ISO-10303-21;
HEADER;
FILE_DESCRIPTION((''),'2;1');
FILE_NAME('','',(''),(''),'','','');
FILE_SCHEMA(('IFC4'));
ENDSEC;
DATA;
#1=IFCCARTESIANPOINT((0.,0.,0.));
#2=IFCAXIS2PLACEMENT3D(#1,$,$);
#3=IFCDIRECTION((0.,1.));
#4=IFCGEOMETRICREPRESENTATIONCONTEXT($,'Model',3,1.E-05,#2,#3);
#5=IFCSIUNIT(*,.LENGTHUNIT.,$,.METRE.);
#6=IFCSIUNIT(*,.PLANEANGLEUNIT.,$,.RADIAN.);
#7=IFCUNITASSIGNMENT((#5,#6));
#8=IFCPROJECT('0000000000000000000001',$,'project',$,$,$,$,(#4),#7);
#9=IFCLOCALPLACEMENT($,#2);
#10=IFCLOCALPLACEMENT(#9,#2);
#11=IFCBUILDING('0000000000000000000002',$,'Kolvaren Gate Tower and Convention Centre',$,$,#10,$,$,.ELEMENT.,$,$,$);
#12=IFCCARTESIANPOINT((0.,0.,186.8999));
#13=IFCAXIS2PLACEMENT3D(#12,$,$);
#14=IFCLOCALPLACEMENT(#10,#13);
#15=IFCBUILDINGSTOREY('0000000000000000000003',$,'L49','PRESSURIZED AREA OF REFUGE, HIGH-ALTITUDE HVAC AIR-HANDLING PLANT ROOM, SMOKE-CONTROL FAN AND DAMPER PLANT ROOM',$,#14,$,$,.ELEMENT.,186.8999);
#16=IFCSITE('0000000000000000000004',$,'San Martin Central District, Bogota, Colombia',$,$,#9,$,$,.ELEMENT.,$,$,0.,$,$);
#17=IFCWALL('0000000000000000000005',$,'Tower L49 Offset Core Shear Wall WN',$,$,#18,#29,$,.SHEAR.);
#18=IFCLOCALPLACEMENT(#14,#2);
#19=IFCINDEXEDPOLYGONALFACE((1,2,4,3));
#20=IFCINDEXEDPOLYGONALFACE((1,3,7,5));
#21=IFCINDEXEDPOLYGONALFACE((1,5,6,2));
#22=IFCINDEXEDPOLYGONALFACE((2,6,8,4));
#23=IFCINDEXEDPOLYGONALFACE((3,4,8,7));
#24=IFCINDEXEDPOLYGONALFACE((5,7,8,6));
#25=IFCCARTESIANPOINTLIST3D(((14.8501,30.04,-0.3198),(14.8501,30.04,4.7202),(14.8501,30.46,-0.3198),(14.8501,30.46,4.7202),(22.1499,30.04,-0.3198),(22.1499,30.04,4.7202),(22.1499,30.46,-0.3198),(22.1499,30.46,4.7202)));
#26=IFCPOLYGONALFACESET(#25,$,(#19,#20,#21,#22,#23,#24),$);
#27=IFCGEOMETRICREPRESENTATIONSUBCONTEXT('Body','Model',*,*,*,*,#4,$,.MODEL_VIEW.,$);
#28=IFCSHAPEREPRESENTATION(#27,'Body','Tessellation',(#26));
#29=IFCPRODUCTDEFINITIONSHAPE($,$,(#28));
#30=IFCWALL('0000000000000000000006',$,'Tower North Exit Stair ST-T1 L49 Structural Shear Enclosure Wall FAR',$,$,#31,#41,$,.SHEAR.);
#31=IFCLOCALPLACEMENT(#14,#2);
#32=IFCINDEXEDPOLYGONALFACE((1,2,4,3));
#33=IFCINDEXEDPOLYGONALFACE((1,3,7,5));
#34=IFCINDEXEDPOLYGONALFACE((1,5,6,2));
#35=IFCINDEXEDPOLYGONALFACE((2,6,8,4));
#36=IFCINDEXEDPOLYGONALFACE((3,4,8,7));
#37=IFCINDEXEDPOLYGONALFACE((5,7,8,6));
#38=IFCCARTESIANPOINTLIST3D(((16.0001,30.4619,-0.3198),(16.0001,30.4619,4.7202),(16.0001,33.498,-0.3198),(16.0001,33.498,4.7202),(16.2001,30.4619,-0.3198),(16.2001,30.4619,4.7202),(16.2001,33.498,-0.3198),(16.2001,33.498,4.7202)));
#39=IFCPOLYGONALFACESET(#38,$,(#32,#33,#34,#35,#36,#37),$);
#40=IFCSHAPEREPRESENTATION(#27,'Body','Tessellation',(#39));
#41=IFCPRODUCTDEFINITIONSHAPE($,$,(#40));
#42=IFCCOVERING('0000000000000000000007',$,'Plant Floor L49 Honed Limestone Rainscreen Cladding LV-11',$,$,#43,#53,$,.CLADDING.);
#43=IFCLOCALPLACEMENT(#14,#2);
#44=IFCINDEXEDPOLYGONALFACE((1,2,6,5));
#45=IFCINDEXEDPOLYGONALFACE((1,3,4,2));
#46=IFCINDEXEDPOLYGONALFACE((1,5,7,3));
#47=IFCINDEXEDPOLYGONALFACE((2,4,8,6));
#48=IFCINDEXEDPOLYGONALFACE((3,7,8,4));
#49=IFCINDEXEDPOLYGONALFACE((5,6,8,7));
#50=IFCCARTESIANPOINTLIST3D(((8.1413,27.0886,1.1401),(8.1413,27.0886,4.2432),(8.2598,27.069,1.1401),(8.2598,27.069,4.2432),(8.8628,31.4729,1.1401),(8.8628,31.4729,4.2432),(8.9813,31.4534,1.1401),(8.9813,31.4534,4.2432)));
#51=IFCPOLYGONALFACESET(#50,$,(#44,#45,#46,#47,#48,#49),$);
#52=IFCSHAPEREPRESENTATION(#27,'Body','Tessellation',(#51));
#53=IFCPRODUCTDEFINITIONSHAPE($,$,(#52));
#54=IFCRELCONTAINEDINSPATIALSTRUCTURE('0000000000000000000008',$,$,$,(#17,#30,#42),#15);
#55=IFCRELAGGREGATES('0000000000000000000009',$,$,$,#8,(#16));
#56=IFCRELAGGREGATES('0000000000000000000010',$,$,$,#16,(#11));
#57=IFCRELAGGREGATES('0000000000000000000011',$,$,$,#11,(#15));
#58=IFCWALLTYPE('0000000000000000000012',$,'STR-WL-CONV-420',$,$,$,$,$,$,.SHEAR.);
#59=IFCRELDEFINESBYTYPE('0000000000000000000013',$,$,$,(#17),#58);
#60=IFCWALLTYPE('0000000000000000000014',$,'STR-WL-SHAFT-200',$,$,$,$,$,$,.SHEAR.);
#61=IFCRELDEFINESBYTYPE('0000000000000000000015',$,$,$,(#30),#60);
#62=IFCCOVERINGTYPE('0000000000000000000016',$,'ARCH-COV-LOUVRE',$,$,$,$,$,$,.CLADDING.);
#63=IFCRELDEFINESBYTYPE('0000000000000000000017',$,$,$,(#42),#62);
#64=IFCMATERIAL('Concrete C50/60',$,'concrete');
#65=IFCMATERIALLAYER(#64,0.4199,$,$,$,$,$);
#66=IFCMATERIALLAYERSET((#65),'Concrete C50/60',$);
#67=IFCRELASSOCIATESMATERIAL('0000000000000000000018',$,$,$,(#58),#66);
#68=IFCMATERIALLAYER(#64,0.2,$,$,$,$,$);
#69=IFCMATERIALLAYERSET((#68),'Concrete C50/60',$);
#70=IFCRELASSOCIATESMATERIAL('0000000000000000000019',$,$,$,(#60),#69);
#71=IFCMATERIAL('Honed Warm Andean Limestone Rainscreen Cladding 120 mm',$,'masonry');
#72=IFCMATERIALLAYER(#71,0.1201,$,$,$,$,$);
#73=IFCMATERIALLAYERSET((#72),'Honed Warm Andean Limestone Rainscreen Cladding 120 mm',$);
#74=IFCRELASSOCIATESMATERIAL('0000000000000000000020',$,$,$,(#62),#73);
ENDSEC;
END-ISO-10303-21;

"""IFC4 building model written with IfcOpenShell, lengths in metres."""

from ifc_helpers import new_model, si_unit, direction, frame, frame_2d, origin, origin_2d, place, context, subcontext, project, spatial, rectangle, extrude, material, layer, layer_set, type_object, element, save


model = new_model("IFC4")

# Units and contexts
model_context = context("Model", 3, precision=1e-05, world=origin(), true_north=direction((0.0, 1.0)))
body_context = subcontext(model_context, "Body", "Model", "MODEL_VIEW")
ifc_project = project(units=[si_unit("LENGTHUNIT", "METRE"), si_unit("PLANEANGLEUNIT", "RADIAN")], contexts=[model_context])

# Site, building, storey
site_placement = place(None, origin())
site = spatial("IfcSite", under=ifc_project, at=site_placement, Name="San Martin Central District, Bogota, Colombia", CompositionType="ELEMENT", RefElevation=0.0)
building_placement = place(site_placement, origin())
building = spatial("IfcBuilding", under=site, at=building_placement, Name="Kolvaren Gate Tower and Convention Centre", CompositionType="ELEMENT")
storey_placement = place(building_placement, frame((0.0, 0.0, 186.8999)))
storey = spatial("IfcBuildingStorey", under=building, at=storey_placement, Name="L49", Description="PRESSURIZED AREA OF REFUGE, HIGH-ALTITUDE HVAC AIR-HANDLING PLANT ROOM, SMOKE-CONTROL FAN AND DAMPER PLANT ROOM", CompositionType="ELEMENT", Elevation=186.8999)

# Walls
ifc_material_1 = material(Name="Concrete C50/60", Category="concrete")
ifc_layer_1 = layer(ifc_material_1, 0.4199)
ifc_layer_set_1 = layer_set([ifc_layer_1], Name="Concrete C50/60")
wall_type_1 = type_object("IfcWallType", Name="STR-WL-CONV-420", PredefinedType="SHEAR", material=ifc_layer_set_1)
wall_1_placement = place(storey_placement, frame((14.8501, 30.25, -0.3198), z_axis=(0.0, 0.0, 1.0), x_axis=(1.0, 0.0, 0.0)))
element("IfcWall", 1, at=wall_1_placement, inside=storey, type_object=wall_type_1, Name="Tower L49 Offset Core Shear Wall WN", PredefinedType="SHEAR", context=body_context, shape_type="SweptSolid", body=[
    extrude(rectangle(XDim=7.2998, YDim=0.4199, at=frame_2d((3.6499, 0.0))), origin(), (0.0, 0.0, 1.0), 5.04),
])
ifc_layer_2 = layer(ifc_material_1, 0.2)
ifc_layer_set_2 = layer_set([ifc_layer_2], Name="Concrete C50/60")
wall_type_2 = type_object("IfcWallType", Name="STR-WL-SHAFT-200", PredefinedType="SHEAR", material=ifc_layer_set_2)
wall_2_placement = place(storey_placement, frame((16.1001, 30.4619, -0.3198), z_axis=(0.0, 0.0, 1.0), x_axis=(0.0, 1.0, 0.0)))
element("IfcWall", 2, at=wall_2_placement, inside=storey, type_object=wall_type_2, Name="Tower North Exit Stair ST-T1 L49 Structural Shear Enclosure Wall FAR", PredefinedType="SHEAR", context=body_context, shape_type="SweptSolid", body=[
    extrude(rectangle(XDim=3.0361, YDim=0.2, at=frame_2d((1.5181, 0.0))), origin(), (0.0, 0.0, 1.0), 5.04),
])

# Covering
ifc_material_2 = material(Name="Honed Warm Andean Limestone Rainscreen Cladding 120 mm", Category="masonry")
ifc_layer_3 = layer(ifc_material_2, 0.1201)
ifc_layer_set_3 = layer_set([ifc_layer_3], Name="Honed Warm Andean Limestone Rainscreen Cladding 120 mm")
covering_type = type_object("IfcCoveringType", Name="ARCH-COV-LOUVRE", PredefinedType="CLADDING", material=ifc_layer_set_3)
covering_placement = place(storey_placement, frame((8.5613, 29.271, 1.1401), z_axis=(0.0, 0.0, 1.0), x_axis=(0.162381, 0.986728, 0.0)))
element("IfcCovering", 3, at=covering_placement, inside=storey, type_object=covering_type, Name="Plant Floor L49 Honed Limestone Rainscreen Cladding LV-11", PredefinedType="CLADDING", context=body_context, shape_type="SweptSolid", body=[
    extrude(rectangle(XDim=4.4434, YDim=0.1201, at=origin_2d()), origin(), (0.0, 0.0, 1.0), 3.103),
])

save(model, "model.ifc")
